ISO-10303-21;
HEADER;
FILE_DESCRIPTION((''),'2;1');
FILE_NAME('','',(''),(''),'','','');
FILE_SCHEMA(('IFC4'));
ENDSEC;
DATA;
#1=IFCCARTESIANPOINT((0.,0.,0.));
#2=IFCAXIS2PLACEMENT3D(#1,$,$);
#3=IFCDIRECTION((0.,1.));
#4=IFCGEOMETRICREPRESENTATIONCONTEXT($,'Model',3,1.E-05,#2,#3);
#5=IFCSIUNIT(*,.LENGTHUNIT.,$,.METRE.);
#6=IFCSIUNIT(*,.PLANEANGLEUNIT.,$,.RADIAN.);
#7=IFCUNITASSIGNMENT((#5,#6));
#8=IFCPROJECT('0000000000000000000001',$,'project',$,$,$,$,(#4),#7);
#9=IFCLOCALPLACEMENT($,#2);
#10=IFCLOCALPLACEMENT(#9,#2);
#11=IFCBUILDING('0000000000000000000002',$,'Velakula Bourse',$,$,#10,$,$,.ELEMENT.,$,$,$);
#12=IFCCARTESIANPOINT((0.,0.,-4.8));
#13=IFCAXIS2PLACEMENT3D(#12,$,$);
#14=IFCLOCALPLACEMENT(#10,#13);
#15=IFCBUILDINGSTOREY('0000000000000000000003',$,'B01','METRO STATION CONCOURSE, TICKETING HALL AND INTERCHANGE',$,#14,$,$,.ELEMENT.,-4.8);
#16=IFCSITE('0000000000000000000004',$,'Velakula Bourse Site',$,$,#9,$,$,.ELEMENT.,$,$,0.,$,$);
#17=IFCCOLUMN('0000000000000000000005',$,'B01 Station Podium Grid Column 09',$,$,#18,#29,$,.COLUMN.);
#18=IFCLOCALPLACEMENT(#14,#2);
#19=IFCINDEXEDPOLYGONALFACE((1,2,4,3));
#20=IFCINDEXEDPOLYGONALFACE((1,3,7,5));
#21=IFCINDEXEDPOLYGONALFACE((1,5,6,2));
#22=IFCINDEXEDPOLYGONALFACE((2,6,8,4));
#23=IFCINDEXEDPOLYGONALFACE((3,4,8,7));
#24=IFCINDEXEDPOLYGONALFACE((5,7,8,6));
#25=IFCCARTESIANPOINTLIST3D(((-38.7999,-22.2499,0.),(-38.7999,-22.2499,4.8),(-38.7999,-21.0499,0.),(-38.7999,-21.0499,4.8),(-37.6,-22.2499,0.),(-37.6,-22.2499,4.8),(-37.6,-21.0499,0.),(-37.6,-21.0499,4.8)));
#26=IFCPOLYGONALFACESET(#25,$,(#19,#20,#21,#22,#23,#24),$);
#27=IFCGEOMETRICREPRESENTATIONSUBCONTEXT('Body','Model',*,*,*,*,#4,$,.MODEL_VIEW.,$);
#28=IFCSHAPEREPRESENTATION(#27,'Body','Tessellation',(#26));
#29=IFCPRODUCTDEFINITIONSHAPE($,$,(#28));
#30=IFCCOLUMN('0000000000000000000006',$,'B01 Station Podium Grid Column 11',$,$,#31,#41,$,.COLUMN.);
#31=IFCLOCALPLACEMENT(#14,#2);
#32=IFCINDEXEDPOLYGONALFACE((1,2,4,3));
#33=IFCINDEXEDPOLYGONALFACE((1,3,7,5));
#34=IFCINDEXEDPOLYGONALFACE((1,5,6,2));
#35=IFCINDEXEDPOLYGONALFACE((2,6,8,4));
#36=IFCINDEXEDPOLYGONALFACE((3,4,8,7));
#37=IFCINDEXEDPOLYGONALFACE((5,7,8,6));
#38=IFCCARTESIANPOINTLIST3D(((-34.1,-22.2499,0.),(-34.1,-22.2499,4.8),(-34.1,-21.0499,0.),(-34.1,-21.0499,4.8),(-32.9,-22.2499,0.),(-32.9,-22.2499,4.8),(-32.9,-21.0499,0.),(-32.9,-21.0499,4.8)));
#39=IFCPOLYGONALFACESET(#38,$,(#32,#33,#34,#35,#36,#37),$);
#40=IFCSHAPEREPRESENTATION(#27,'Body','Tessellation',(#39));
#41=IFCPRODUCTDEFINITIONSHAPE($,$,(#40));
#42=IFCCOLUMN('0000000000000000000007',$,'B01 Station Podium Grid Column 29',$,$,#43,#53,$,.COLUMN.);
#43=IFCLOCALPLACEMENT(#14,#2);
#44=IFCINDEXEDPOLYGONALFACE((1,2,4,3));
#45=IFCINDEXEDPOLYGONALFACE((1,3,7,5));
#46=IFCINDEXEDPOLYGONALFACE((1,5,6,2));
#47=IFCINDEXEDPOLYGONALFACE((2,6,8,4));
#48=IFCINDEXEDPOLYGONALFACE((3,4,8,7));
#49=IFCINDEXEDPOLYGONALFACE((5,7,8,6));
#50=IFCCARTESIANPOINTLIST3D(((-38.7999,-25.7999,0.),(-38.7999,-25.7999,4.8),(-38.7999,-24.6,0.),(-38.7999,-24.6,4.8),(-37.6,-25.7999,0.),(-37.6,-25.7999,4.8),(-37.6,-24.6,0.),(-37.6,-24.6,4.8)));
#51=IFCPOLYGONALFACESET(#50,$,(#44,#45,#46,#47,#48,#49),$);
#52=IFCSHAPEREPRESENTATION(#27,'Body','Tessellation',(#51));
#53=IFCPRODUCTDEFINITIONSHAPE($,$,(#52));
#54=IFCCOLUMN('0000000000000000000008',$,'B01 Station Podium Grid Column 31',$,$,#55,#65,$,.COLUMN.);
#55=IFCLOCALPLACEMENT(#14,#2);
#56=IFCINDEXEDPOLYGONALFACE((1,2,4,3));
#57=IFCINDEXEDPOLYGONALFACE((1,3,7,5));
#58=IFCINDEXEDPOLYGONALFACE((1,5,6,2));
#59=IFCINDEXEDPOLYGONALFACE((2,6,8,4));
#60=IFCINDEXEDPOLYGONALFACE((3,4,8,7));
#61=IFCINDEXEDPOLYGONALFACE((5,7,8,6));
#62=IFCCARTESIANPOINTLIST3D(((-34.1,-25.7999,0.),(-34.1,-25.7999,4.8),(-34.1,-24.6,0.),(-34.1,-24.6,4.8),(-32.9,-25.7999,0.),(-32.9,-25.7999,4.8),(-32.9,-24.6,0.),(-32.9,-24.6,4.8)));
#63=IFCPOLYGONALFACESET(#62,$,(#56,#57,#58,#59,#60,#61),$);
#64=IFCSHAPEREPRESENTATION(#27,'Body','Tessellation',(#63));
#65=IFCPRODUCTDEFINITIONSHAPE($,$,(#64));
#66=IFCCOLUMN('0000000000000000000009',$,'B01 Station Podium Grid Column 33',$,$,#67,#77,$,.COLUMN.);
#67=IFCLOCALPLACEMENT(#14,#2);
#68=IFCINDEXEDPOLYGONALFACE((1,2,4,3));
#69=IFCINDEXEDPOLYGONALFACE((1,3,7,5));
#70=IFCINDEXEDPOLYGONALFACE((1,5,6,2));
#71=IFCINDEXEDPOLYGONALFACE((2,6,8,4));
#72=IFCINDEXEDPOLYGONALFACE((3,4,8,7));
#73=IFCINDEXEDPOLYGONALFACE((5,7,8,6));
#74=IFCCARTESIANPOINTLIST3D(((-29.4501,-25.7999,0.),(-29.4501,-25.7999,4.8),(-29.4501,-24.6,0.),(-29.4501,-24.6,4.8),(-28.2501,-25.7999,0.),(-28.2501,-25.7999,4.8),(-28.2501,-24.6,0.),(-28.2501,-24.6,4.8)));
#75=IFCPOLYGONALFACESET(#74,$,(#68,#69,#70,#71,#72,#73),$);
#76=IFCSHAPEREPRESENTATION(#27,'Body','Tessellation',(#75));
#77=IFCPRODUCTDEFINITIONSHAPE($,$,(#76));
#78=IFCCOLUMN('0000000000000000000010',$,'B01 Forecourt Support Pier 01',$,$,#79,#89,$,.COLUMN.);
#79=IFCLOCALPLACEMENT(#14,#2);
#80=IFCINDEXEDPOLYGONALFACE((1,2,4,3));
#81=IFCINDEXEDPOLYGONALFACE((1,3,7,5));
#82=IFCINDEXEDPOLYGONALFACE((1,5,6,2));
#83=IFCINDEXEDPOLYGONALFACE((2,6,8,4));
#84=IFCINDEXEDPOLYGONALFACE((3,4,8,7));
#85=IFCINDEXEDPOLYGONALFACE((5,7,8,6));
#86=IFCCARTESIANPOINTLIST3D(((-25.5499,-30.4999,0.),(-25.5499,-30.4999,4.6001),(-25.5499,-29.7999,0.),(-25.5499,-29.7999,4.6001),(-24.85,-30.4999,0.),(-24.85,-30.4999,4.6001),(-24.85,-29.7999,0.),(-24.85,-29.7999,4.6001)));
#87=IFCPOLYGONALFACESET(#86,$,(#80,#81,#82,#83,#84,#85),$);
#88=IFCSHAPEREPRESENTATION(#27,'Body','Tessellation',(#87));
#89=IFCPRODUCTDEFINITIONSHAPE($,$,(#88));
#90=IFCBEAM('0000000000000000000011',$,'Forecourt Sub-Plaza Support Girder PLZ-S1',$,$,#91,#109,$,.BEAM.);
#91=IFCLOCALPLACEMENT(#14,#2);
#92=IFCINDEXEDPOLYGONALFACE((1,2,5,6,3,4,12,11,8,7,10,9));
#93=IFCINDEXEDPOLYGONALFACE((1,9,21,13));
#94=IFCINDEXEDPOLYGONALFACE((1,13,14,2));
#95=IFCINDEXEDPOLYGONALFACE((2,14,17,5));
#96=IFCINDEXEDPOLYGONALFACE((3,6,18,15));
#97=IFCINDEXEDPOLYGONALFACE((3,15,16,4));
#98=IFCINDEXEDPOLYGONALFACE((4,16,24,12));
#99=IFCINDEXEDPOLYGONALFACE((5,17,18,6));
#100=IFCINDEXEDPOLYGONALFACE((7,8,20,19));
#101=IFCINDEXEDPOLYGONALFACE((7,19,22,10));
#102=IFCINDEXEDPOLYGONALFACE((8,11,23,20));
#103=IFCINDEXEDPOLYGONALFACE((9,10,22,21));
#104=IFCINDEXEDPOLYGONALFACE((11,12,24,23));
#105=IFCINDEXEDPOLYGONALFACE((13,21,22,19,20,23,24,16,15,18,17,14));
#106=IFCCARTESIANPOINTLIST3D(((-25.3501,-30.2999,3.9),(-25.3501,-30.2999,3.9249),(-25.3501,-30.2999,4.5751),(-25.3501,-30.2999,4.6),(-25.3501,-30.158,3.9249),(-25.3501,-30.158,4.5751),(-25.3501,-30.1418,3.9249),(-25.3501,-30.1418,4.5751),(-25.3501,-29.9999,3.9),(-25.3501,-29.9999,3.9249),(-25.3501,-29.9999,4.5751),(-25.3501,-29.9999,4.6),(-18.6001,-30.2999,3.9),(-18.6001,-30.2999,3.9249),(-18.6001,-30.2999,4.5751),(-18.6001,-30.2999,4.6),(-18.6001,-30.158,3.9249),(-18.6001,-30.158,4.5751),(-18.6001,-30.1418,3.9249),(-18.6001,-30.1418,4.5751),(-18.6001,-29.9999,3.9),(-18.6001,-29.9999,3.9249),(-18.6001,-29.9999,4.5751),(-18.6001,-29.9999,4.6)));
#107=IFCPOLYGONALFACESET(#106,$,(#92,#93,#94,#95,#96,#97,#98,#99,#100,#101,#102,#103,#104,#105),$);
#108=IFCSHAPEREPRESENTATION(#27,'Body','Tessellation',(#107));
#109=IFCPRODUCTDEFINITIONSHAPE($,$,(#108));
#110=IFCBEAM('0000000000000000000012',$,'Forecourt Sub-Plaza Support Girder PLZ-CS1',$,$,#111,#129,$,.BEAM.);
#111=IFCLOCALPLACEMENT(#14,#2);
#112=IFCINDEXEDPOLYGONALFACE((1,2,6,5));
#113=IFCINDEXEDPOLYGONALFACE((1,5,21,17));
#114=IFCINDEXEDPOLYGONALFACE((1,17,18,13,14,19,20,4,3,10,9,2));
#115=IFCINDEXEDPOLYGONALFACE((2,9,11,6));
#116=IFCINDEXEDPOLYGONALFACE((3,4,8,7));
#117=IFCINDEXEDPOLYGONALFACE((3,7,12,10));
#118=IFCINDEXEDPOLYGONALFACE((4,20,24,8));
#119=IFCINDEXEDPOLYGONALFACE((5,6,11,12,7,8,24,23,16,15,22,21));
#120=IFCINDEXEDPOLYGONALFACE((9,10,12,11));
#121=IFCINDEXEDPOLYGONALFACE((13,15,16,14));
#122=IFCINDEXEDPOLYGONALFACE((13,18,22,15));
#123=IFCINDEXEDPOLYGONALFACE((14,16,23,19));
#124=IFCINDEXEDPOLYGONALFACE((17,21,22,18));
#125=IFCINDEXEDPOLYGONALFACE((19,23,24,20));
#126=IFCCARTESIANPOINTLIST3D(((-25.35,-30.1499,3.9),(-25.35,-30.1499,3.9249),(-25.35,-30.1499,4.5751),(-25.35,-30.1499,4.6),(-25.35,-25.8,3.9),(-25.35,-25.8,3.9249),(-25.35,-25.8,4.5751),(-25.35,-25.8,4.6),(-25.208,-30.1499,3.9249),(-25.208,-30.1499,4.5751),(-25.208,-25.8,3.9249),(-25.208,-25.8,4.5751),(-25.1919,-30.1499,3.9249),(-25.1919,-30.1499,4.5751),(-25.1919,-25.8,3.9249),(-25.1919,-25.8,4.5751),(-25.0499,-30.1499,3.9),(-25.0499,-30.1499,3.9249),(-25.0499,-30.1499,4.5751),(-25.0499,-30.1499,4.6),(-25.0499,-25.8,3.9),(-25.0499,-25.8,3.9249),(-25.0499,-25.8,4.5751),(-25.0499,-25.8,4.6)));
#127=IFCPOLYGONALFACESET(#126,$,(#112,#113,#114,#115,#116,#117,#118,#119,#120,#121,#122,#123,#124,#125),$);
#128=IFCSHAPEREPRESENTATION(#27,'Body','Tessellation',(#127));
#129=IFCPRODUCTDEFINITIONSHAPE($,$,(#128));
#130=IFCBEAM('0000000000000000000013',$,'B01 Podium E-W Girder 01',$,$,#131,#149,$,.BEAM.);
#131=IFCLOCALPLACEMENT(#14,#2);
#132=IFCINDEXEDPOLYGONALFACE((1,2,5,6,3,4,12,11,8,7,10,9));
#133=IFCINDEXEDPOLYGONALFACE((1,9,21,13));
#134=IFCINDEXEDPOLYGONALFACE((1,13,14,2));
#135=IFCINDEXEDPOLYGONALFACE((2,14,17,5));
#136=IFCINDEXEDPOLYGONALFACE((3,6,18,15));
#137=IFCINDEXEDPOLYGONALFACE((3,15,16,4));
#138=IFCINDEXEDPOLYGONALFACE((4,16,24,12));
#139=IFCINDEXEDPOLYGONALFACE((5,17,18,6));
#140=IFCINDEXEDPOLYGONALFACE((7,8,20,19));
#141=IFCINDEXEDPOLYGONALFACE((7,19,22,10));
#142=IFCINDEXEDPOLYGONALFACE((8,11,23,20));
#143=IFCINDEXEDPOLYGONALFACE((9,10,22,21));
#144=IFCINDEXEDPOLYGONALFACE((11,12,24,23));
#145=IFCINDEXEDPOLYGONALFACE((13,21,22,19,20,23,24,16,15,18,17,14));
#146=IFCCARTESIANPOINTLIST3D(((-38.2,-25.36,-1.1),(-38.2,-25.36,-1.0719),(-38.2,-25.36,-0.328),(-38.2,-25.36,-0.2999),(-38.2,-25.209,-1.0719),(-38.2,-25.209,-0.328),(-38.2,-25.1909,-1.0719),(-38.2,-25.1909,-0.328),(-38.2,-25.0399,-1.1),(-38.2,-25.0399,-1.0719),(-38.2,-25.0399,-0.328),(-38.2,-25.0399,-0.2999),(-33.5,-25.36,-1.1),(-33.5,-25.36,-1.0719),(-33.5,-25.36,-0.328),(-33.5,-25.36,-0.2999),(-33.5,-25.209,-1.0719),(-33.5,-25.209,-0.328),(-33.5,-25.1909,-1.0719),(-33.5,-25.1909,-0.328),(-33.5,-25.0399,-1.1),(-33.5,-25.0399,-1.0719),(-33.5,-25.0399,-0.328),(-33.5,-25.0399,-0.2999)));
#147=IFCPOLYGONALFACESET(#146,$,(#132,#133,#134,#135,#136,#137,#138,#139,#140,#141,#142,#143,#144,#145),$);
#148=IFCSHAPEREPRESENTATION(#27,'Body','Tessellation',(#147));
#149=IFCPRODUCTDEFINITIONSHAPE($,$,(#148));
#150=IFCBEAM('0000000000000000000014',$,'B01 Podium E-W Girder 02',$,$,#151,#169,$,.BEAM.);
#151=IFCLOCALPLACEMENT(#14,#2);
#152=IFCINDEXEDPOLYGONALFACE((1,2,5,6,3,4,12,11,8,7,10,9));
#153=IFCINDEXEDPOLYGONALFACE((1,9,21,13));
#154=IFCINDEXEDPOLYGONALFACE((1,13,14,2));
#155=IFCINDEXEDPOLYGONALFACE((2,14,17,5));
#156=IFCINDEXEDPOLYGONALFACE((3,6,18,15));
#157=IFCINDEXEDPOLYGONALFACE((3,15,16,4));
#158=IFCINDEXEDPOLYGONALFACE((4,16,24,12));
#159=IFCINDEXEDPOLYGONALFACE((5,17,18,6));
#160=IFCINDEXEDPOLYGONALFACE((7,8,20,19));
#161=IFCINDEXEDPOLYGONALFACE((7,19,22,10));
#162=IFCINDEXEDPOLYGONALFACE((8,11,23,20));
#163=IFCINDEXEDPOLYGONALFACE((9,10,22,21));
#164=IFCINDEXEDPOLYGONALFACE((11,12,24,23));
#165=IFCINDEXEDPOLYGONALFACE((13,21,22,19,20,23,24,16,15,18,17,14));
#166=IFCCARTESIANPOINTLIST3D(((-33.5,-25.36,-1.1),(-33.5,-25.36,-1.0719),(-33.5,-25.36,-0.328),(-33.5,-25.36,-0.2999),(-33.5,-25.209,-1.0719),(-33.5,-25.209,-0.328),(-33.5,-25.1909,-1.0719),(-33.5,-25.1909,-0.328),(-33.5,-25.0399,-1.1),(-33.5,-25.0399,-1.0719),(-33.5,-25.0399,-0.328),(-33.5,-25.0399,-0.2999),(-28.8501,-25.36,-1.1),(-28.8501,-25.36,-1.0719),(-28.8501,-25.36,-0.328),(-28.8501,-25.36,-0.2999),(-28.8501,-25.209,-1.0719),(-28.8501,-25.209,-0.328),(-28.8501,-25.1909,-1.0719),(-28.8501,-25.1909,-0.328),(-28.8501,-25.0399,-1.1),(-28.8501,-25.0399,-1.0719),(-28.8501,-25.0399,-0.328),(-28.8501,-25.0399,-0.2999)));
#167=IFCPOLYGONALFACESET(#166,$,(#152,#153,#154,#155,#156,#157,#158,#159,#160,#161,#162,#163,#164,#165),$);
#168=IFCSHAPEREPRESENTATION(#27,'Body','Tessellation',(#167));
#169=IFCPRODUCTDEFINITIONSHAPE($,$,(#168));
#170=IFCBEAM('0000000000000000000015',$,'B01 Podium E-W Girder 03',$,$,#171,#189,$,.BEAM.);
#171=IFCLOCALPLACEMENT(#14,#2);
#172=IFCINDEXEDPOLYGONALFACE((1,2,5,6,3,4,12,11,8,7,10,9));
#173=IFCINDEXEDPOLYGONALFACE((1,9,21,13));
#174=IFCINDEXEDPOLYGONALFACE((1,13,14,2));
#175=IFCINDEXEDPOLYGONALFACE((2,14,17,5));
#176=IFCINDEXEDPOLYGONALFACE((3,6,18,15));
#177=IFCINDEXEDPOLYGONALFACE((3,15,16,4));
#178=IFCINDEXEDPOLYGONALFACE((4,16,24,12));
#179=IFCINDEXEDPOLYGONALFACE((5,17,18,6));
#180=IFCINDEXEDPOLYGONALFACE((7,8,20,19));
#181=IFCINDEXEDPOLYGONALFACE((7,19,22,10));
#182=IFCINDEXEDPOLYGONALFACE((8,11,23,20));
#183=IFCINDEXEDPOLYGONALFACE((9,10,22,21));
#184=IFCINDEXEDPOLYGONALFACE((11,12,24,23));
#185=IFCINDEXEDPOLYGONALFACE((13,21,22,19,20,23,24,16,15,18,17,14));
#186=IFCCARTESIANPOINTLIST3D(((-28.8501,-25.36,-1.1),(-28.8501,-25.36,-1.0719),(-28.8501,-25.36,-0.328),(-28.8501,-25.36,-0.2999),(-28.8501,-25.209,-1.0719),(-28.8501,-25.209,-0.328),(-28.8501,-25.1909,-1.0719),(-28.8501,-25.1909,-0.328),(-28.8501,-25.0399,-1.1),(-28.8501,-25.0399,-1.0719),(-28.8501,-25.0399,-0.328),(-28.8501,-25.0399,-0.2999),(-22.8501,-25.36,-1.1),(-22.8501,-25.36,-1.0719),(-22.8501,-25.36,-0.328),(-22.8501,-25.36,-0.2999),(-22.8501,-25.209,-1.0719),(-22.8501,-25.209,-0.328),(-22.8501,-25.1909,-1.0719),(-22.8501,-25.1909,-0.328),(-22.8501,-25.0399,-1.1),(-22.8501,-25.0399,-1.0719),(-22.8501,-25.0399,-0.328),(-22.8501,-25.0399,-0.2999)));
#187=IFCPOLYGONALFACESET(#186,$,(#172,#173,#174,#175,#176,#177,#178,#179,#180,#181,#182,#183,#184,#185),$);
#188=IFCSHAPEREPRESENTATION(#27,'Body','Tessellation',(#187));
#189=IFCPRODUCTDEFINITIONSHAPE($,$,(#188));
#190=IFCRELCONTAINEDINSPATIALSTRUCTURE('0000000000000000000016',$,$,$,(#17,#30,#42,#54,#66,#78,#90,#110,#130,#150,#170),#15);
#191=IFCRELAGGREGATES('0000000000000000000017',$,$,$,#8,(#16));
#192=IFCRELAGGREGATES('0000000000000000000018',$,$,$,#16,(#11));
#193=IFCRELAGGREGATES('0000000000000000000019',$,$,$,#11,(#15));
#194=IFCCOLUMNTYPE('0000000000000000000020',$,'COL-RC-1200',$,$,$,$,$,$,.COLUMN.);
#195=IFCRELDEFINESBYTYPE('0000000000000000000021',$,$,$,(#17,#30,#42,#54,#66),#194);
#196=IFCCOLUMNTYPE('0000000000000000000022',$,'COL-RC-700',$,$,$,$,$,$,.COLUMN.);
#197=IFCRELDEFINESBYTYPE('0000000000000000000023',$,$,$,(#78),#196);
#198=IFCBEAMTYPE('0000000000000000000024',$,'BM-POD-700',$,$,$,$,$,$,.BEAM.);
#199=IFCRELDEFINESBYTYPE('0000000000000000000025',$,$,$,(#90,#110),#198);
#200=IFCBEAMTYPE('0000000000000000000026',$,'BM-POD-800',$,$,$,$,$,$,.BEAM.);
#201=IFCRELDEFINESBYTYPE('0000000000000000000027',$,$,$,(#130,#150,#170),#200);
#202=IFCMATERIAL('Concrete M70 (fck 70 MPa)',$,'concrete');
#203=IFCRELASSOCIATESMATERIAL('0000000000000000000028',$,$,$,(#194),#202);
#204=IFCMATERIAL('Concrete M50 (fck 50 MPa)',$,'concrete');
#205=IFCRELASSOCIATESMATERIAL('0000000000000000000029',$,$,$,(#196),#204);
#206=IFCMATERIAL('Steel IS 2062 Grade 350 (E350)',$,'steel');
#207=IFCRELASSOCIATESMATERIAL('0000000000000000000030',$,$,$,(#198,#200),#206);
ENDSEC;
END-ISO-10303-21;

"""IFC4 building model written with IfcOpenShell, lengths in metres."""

from ifc_helpers import new_model, si_unit, direction, frame, origin, origin_2d, place, context, subcontext, project, spatial, rectangle, i_section, extrude, material, material_profile, profile_set, type_object, element, save


model = new_model("IFC4")

# Units and contexts
model_context = context("Model", 3, precision=1e-05, world=origin(), true_north=direction((0.0, 1.0)))
body_context = subcontext(model_context, "Body", "Model", "MODEL_VIEW")
ifc_project = project(units=[si_unit("LENGTHUNIT", "METRE"), si_unit("PLANEANGLEUNIT", "RADIAN")], contexts=[model_context])

# Site, building, storey
site_placement = place(None, origin())
site = spatial("IfcSite", under=ifc_project, at=site_placement, Name="Velakula Bourse Site", CompositionType="ELEMENT", RefElevation=0.0)
building_placement = place(site_placement, origin())
building = spatial("IfcBuilding", under=site, at=building_placement, Name="Velakula Bourse", CompositionType="ELEMENT")
storey_placement = place(building_placement, frame((0.0, 0.0, -4.8)))
storey = spatial("IfcBuildingStorey", under=building, at=storey_placement, Name="B01", Description="METRO STATION CONCOURSE, TICKETING HALL AND INTERCHANGE", CompositionType="ELEMENT", Elevation=-4.8)

# Columns
ifc_material_1 = material(Name="Concrete M70 (fck 70 MPa)", Category="concrete")
ifc_material_profile_1 = material_profile(ifc_material_1, rectangle(XDim=1.2, YDim=1.2, at=origin_2d()), Name="Concrete M70 (fck 70 MPa)")
ifc_profile_set_1 = profile_set([ifc_material_profile_1], Name="Concrete M70 (fck 70 MPa)")
column_type_1 = type_object("IfcColumnType", Name="COL-RC-1200", PredefinedType="COLUMN", material=ifc_profile_set_1)
for number, where, z_axis, x_axis, name in (
    (1, (-38.2, -21.6499, 0.0), (0.0, 0.0, 1.0), (1.0, 0.0, 0.0), "B01 Station Podium Grid Column 09"),
    (2, (-33.5, -21.6499, 0.0), (0.0, 0.0, 1.0), (1.0, 0.0, 0.0), "B01 Station Podium Grid Column 11"),
    (3, (-38.2, -25.2, 0.0), (0.0, 0.0, 1.0), (1.0, 0.0, 0.0), "B01 Station Podium Grid Column 29"),
    (4, (-33.5, -25.2, 0.0), (0.0, 0.0, 1.0), (1.0, 0.0, 0.0), "B01 Station Podium Grid Column 31"),
    (5, (-28.8501, -25.2, 0.0), (0.0, 0.0, 1.0), (1.0, 0.0, 0.0), "B01 Station Podium Grid Column 33"),
):
    element("IfcColumn", number, at=place(storey_placement, frame(where, z_axis=z_axis, x_axis=x_axis)), inside=storey, type_object=column_type_1, Name=name, PredefinedType="COLUMN", context=body_context, shape_type="SweptSolid", body=[
        extrude(rectangle(XDim=1.2, YDim=1.2, at=origin_2d()), origin(), (0.0, 0.0, 1.0), 4.8),
    ])
ifc_material_2 = material(Name="Concrete M50 (fck 50 MPa)", Category="concrete")
ifc_material_profile_2 = material_profile(ifc_material_2, rectangle(XDim=0.7, YDim=0.7, at=origin_2d()), Name="Concrete M50 (fck 50 MPa)")
ifc_profile_set_2 = profile_set([ifc_material_profile_2], Name="Concrete M50 (fck 50 MPa)")
column_type_2 = type_object("IfcColumnType", Name="COL-RC-700", PredefinedType="COLUMN", material=ifc_profile_set_2)
column_placement = place(storey_placement, frame((-25.2, -30.1499, 0.0), z_axis=(0.0, 0.0, 1.0), x_axis=(1.0, 0.0, 0.0)))
element("IfcColumn", 6, at=column_placement, inside=storey, type_object=column_type_2, Name="B01 Forecourt Support Pier 01", PredefinedType="COLUMN", context=body_context, shape_type="SweptSolid", body=[
    extrude(rectangle(XDim=0.7, YDim=0.7, at=origin_2d()), origin(), (0.0, 0.0, 1.0), 4.6001),
])

# Beams
ifc_material_3 = material(Name="Steel IS 2062 Grade 350 (E350)", Category="steel")
ifc_material_profile_3 = material_profile(ifc_material_3, i_section(OverallWidth=0.3, OverallDepth=0.7, WebThickness=0.0161, FlangeThickness=0.0249, at=origin_2d()), Name="Steel IS 2062 Grade 350 (E350)")
ifc_profile_set_3 = profile_set([ifc_material_profile_3], Name="Steel IS 2062 Grade 350 (E350)")
beam_type_1 = type_object("IfcBeamType", Name="BM-POD-700", PredefinedType="BEAM", material=ifc_profile_set_3)
beam_1_placement = place(storey_placement, frame((-25.3501, -30.1499, 4.25), z_axis=(1.0, 0.0, 0.0), x_axis=(0.0, 1.0, 0.0)))
element("IfcBeam", 7, at=beam_1_placement, inside=storey, type_object=beam_type_1, Name="Forecourt Sub-Plaza Support Girder PLZ-S1", PredefinedType="BEAM", context=body_context, shape_type="SweptSolid", body=[
    extrude(i_section(OverallWidth=0.3, OverallDepth=0.7, WebThickness=0.0161, FlangeThickness=0.0249, at=origin_2d()), origin(), (0.0, 0.0, 1.0), 6.75),
])
beam_2_placement = place(storey_placement, frame((-25.2, -30.1499, 4.25), z_axis=(0.0, 1.0, 0.0), x_axis=(-1.0, 0.0, 0.0)))
element("IfcBeam", 8, at=beam_2_placement, inside=storey, type_object=beam_type_1, Name="Forecourt Sub-Plaza Support Girder PLZ-CS1", PredefinedType="BEAM", context=body_context, shape_type="SweptSolid", body=[
    extrude(i_section(OverallWidth=0.3, OverallDepth=0.7, WebThickness=0.0161, FlangeThickness=0.0249, at=origin_2d()), origin(), (0.0, 0.0, 1.0), 4.3499),
])
ifc_material_profile_4 = material_profile(ifc_material_3, i_section(OverallWidth=0.3201, OverallDepth=0.8, WebThickness=0.0181, FlangeThickness=0.0281, at=origin_2d()), Name="Steel IS 2062 Grade 350 (E350)")
ifc_profile_set_4 = profile_set([ifc_material_profile_4], Name="Steel IS 2062 Grade 350 (E350)")
beam_type_2 = type_object("IfcBeamType", Name="BM-POD-800", PredefinedType="BEAM", material=ifc_profile_set_4)
beam_3_placement = place(storey_placement, frame((-38.2, -25.2, -0.7), z_axis=(1.0, 0.0, 0.0), x_axis=(0.0, 1.0, 0.0)))
element("IfcBeam", 9, at=beam_3_placement, inside=storey, type_object=beam_type_2, Name="B01 Podium E-W Girder 01", PredefinedType="BEAM", context=body_context, shape_type="SweptSolid", body=[
    extrude(i_section(OverallWidth=0.3201, OverallDepth=0.8, WebThickness=0.0181, FlangeThickness=0.0281, at=origin_2d()), origin(), (0.0, 0.0, 1.0), 4.7),
])
beam_4_placement = place(storey_placement, frame((-33.5, -25.2, -0.7), z_axis=(1.0, 0.0, 0.0), x_axis=(0.0, 1.0, 0.0)))
element("IfcBeam", 10, at=beam_4_placement, inside=storey, type_object=beam_type_2, Name="B01 Podium E-W Girder 02", PredefinedType="BEAM", context=body_context, shape_type="SweptSolid", body=[
    extrude(i_section(OverallWidth=0.3201, OverallDepth=0.8, WebThickness=0.0181, FlangeThickness=0.0281, at=origin_2d()), origin(), (0.0, 0.0, 1.0), 4.6499),
])
beam_5_placement = place(storey_placement, frame((-28.8501, -25.2, -0.7), z_axis=(1.0, 0.0, 0.0), x_axis=(0.0, 1.0, 0.0)))
element("IfcBeam", 11, at=beam_5_placement, inside=storey, type_object=beam_type_2, Name="B01 Podium E-W Girder 03", PredefinedType="BEAM", context=body_context, shape_type="SweptSolid", body=[
    extrude(i_section(OverallWidth=0.3201, OverallDepth=0.8, WebThickness=0.0181, FlangeThickness=0.0281, at=origin_2d()), origin(), (0.0, 0.0, 1.0), 6.0),
])

save(model, "model.ifc")
